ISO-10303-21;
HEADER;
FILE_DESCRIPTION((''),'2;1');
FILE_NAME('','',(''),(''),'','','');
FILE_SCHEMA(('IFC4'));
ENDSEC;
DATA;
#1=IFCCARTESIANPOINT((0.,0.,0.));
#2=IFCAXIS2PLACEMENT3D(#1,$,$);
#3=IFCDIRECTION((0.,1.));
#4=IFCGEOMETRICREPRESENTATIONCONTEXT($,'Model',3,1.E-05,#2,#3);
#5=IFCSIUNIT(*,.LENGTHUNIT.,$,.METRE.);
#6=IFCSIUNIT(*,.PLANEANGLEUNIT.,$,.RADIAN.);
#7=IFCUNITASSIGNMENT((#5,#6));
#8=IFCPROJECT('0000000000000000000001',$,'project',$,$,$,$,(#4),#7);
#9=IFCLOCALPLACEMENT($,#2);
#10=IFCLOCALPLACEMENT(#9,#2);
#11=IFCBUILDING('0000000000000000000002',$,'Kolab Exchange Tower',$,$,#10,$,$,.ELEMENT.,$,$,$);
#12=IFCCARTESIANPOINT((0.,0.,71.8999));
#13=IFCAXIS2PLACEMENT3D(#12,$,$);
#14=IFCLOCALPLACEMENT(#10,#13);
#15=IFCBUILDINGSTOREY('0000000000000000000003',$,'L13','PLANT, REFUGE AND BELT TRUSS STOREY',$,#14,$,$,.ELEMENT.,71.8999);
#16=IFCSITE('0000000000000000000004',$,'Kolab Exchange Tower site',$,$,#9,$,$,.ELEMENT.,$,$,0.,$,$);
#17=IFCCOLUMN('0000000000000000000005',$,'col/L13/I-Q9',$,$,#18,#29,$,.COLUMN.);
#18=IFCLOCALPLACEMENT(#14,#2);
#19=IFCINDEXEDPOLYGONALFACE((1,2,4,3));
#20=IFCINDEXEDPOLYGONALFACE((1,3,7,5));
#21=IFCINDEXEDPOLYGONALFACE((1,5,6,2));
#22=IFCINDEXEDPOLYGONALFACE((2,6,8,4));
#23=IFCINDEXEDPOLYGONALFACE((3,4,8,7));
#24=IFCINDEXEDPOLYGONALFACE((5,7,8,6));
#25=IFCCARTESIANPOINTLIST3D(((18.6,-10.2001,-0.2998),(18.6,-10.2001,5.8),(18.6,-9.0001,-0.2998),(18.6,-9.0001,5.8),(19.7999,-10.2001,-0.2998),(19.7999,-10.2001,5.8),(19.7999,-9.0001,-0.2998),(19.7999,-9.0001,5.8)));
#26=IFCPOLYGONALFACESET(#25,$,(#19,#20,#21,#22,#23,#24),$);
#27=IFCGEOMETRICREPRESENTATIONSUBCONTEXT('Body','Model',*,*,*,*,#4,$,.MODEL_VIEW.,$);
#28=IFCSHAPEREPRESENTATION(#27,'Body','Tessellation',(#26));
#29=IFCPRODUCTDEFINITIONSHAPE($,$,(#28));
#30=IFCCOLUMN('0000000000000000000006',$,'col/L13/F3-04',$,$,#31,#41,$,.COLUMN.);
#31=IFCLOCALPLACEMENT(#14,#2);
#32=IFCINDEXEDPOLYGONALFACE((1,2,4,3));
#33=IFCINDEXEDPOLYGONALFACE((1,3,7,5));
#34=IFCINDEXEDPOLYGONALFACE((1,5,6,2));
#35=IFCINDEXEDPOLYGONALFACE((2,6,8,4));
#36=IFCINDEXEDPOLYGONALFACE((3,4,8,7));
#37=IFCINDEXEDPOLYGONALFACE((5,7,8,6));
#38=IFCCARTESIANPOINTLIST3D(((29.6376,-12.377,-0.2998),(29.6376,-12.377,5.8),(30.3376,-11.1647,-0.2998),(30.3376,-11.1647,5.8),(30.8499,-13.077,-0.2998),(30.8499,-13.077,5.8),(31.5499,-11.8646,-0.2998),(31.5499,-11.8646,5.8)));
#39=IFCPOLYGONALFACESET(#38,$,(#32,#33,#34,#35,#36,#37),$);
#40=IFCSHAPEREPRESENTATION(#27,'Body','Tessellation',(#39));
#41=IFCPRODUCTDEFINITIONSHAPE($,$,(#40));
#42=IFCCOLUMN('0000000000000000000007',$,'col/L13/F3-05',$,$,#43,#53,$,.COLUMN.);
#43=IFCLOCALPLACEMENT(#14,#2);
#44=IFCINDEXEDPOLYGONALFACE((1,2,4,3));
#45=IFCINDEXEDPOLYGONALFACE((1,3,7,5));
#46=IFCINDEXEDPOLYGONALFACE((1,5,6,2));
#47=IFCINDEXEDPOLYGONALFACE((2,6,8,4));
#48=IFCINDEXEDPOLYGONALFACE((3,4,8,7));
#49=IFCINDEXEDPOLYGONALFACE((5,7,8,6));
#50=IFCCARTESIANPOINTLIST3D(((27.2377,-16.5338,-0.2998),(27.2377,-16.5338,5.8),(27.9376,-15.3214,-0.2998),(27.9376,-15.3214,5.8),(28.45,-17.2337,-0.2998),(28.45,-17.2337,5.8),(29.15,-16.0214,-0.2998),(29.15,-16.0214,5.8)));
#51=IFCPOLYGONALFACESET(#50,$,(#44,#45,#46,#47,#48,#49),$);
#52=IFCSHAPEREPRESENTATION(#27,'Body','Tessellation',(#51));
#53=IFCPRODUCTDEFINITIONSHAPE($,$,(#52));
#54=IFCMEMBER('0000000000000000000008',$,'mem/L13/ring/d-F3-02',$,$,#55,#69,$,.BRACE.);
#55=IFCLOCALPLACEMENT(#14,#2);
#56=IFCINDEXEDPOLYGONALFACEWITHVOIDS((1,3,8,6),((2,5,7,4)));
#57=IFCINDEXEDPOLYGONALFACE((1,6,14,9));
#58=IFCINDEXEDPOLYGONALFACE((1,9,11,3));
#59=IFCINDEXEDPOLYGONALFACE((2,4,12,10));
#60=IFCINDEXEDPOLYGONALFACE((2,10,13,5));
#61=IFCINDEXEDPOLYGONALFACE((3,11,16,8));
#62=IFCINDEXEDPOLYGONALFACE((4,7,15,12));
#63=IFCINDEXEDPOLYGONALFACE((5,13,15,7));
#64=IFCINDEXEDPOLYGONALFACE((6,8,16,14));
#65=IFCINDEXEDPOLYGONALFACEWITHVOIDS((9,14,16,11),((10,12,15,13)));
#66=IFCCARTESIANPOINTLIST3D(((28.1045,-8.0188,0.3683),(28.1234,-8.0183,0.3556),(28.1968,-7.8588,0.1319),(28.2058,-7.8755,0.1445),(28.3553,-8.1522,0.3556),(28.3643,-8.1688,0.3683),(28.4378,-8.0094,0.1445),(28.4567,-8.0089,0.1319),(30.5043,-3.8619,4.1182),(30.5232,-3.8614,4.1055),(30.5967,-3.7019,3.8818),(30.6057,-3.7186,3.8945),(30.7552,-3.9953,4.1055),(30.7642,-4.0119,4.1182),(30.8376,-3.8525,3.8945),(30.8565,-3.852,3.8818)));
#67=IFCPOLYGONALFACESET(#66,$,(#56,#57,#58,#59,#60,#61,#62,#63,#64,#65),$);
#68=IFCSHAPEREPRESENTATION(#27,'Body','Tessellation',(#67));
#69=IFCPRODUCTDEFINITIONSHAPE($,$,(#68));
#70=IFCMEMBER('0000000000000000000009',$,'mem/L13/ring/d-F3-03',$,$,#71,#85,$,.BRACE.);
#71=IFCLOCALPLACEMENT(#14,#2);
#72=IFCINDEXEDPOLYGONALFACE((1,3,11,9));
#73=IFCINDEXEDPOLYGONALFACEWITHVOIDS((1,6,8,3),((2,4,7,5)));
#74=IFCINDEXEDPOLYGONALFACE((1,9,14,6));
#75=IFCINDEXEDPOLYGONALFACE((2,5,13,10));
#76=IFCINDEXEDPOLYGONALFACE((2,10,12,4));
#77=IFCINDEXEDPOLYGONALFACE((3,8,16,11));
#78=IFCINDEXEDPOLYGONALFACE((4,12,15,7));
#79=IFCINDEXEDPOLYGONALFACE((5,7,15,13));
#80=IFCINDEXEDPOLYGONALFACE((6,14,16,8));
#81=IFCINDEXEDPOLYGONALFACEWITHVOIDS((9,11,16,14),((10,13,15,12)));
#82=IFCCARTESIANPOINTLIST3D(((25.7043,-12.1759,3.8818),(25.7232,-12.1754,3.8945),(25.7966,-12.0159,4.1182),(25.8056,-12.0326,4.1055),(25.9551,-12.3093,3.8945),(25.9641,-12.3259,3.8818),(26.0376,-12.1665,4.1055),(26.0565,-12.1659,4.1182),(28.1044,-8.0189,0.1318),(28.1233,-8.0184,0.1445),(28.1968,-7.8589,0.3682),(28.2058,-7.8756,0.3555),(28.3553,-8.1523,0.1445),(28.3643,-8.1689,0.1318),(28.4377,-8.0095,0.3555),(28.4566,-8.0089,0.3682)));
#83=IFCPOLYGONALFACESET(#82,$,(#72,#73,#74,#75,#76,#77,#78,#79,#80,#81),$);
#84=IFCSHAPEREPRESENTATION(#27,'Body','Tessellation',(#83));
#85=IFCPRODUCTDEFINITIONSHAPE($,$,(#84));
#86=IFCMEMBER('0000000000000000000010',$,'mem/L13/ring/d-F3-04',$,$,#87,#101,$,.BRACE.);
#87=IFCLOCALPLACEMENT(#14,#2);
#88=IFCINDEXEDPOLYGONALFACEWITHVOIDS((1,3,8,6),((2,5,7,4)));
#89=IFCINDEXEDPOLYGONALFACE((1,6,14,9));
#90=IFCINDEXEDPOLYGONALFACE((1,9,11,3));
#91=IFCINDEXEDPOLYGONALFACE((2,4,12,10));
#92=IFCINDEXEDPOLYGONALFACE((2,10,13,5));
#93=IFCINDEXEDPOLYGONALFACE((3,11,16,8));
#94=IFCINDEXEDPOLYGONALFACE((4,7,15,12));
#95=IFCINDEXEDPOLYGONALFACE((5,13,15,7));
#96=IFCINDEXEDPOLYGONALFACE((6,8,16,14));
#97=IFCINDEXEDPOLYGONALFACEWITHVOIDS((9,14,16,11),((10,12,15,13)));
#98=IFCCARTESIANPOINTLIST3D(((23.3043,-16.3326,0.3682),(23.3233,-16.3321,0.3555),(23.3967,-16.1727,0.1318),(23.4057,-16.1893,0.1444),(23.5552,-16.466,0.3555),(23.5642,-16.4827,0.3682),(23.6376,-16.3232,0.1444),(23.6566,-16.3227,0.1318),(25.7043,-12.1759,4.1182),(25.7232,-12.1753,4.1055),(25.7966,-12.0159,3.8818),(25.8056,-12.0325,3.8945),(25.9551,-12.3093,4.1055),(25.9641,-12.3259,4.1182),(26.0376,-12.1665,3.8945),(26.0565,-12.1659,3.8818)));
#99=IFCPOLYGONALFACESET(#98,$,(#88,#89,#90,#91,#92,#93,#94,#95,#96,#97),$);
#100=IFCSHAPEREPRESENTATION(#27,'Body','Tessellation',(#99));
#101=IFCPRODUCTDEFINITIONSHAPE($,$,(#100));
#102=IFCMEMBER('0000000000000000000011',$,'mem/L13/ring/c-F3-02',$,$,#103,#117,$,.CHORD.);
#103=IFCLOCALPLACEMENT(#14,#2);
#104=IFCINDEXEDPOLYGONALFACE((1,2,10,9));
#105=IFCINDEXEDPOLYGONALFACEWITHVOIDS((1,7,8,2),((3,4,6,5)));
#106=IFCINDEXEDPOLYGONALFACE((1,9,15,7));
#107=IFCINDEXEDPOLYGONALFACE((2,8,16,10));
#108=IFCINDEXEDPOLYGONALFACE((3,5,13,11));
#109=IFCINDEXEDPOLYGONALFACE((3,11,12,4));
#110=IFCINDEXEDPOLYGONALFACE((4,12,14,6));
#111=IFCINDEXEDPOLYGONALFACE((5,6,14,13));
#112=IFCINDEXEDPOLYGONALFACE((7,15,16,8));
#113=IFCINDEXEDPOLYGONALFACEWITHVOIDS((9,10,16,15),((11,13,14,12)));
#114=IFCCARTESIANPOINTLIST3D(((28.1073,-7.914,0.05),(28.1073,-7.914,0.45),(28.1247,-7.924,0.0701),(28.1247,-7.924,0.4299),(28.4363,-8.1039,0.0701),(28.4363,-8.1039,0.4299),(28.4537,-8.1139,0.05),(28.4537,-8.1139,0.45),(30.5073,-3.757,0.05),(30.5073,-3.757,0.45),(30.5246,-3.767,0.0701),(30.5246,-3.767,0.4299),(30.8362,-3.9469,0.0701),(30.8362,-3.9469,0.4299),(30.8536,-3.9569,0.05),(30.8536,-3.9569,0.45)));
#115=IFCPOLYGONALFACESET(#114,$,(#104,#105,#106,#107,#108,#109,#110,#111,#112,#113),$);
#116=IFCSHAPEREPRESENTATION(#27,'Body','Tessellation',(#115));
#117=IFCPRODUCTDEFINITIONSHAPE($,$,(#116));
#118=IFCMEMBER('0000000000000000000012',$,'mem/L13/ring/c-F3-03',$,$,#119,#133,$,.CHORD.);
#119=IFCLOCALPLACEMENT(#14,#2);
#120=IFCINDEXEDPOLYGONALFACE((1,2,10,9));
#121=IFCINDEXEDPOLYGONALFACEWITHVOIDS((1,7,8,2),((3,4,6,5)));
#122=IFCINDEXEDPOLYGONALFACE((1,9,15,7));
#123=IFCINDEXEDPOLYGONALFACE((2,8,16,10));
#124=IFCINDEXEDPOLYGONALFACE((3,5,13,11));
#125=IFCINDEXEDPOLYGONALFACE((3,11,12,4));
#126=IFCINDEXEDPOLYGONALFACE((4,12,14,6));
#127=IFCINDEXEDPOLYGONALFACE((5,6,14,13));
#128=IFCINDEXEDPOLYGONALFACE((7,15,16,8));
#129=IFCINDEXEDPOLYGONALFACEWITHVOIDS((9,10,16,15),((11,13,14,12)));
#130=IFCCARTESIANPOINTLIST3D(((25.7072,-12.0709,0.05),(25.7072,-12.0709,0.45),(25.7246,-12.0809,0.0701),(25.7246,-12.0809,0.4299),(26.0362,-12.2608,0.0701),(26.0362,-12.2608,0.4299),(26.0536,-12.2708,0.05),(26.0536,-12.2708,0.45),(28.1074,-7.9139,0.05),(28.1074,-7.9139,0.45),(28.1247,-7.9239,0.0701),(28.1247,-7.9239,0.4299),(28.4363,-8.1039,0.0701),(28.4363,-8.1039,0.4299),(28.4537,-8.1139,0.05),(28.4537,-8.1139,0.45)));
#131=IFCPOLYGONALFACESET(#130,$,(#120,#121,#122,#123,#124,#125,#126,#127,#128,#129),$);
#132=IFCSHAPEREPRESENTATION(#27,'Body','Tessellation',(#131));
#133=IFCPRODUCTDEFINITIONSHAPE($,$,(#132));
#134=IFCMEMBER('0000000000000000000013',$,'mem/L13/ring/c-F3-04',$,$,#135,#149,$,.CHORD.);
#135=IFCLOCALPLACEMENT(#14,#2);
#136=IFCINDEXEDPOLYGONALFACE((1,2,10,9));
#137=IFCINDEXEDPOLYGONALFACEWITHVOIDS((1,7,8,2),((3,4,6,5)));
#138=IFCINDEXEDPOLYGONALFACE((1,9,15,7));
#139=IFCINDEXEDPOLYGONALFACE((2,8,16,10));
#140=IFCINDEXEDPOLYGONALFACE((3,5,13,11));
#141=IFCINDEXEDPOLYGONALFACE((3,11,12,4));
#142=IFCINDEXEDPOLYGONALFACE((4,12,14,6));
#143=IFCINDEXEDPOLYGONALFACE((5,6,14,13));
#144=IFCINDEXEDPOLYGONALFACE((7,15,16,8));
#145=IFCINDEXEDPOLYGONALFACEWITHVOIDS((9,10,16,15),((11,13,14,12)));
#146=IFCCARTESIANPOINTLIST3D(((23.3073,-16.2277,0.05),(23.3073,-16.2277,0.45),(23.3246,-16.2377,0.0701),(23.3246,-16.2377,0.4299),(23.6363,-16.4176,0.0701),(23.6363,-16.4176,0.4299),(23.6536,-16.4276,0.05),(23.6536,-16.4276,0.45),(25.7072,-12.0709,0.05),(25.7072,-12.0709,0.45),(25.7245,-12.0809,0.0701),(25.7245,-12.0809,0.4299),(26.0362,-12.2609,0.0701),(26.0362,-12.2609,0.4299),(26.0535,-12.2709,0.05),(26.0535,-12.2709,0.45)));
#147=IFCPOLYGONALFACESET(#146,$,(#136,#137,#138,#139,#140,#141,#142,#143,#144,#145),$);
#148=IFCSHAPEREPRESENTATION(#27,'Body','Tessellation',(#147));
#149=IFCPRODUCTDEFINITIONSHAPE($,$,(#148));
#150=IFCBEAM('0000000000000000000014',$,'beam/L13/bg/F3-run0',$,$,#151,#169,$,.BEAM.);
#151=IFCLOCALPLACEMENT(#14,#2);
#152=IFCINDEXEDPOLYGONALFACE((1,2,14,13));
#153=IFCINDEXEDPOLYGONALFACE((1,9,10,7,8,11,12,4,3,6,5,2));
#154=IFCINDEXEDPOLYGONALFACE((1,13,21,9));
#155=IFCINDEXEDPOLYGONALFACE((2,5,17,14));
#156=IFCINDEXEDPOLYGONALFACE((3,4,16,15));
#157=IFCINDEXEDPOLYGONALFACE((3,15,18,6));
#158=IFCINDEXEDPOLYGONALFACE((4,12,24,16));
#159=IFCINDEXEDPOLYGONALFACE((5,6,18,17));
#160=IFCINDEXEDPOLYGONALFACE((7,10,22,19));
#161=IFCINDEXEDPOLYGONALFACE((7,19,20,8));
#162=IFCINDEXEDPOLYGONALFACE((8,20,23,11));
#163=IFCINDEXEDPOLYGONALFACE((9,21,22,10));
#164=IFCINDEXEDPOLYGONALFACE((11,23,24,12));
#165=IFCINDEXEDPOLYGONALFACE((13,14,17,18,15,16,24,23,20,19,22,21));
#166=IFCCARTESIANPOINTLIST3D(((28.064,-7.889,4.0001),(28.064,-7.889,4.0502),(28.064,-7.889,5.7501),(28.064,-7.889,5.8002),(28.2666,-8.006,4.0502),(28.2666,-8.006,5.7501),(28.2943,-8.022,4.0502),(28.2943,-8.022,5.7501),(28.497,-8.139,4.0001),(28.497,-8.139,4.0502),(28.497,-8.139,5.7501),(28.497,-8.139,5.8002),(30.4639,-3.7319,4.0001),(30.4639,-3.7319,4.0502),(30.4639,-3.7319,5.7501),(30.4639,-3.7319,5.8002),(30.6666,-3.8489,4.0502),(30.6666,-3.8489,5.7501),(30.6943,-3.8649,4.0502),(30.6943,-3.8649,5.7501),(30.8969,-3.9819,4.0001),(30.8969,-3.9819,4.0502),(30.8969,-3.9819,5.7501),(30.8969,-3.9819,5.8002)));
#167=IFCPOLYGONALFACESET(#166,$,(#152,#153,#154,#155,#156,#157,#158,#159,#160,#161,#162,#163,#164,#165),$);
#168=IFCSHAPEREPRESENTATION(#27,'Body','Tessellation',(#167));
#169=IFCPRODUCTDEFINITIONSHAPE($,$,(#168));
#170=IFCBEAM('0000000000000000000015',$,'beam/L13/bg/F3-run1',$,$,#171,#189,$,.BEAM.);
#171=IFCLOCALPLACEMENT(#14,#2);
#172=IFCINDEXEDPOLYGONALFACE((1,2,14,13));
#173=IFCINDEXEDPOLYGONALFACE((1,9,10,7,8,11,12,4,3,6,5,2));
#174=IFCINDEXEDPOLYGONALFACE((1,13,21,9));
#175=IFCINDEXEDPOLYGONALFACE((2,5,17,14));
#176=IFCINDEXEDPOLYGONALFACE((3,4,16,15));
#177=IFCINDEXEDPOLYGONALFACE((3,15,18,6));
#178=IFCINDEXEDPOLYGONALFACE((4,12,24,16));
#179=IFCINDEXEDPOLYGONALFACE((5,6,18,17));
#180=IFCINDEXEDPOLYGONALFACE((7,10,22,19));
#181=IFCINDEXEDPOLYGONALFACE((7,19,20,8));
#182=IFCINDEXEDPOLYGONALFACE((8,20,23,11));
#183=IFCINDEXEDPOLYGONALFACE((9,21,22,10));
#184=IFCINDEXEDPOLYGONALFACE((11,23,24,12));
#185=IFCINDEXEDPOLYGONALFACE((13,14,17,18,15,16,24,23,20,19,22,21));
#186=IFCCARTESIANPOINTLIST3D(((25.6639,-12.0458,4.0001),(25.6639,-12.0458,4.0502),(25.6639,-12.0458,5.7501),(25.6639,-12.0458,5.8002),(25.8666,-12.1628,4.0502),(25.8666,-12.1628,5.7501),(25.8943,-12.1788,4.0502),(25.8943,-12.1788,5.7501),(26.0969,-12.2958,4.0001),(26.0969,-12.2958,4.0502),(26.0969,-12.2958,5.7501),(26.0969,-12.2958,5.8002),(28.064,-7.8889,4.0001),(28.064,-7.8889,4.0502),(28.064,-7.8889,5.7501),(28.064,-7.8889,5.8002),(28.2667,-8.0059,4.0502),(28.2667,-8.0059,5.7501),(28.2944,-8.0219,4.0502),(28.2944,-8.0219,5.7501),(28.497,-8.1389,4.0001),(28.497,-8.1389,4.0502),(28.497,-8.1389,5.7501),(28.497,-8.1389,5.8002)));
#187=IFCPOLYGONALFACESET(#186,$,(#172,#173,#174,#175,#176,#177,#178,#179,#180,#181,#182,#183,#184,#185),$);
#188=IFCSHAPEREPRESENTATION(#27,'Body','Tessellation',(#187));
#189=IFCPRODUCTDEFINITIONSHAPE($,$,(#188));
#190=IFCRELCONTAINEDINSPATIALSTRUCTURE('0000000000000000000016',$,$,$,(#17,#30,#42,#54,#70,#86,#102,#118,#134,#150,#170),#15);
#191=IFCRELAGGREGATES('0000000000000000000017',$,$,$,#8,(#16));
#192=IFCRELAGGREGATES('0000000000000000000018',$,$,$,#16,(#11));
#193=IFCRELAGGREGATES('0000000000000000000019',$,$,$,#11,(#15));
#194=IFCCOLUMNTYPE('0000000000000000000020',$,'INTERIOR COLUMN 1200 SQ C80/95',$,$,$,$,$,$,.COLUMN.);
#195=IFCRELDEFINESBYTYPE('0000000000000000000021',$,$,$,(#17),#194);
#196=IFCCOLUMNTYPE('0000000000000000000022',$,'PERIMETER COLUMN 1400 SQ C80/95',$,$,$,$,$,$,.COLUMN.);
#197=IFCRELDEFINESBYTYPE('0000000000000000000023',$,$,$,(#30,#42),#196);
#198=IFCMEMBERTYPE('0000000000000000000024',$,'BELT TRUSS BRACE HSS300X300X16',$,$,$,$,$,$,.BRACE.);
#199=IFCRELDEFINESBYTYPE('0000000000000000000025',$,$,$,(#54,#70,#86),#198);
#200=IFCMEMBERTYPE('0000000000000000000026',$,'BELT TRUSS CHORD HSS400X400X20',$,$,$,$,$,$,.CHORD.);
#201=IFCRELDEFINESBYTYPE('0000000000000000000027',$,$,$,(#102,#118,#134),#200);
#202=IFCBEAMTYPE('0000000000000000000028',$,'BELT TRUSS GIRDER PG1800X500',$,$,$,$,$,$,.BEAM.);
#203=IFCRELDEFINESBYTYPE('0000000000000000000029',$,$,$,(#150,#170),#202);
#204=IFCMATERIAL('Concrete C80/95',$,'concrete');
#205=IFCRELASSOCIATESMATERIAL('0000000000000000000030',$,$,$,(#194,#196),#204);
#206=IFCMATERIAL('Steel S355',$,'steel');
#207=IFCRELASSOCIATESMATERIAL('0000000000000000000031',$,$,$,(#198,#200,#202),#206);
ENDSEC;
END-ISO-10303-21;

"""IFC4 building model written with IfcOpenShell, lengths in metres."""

from ifc_helpers import new_model, si_unit, direction, frame, origin, origin_2d, place, context, subcontext, project, spatial, rectangle, hollow_rectangle, i_section, extrude, material, material_profile, profile_set, type_object, element, save


model = new_model("IFC4")

# Units and contexts
model_context = context("Model", 3, precision=1e-05, world=origin(), true_north=direction((0.0, 1.0)))
body_context = subcontext(model_context, "Body", "Model", "MODEL_VIEW")
ifc_project = project(units=[si_unit("LENGTHUNIT", "METRE"), si_unit("PLANEANGLEUNIT", "RADIAN")], contexts=[model_context])

# Site, building, storey
site_placement = place(None, origin())
site = spatial("IfcSite", under=ifc_project, at=site_placement, Name="Kolab Exchange Tower site", CompositionType="ELEMENT", RefElevation=0.0)
building_placement = place(site_placement, origin())
building = spatial("IfcBuilding", under=site, at=building_placement, Name="Kolab Exchange Tower", CompositionType="ELEMENT")
storey_placement = place(building_placement, frame((0.0, 0.0, 71.8999)))
storey = spatial("IfcBuildingStorey", under=building, at=storey_placement, Name="L13", Description="PLANT, REFUGE AND BELT TRUSS STOREY", CompositionType="ELEMENT", Elevation=71.8999)

# Columns
ifc_material_1 = material(Name="Concrete C80/95", Category="concrete")
ifc_material_profile_1 = material_profile(ifc_material_1, rectangle(XDim=1.2, YDim=1.2, at=origin_2d()), Name="RC1200")
ifc_profile_set_1 = profile_set([ifc_material_profile_1], Name="Concrete C80/95")
column_type_1 = type_object("IfcColumnType", Name="INTERIOR COLUMN 1200 SQ C80/95", PredefinedType="COLUMN", material=ifc_profile_set_1)
column_placement = place(storey_placement, frame((19.2, -9.6001, -0.2998), z_axis=(0.0, 0.0, 1.0), x_axis=(1.0, 0.0, 0.0)))
element("IfcColumn", 1, at=column_placement, inside=storey, type_object=column_type_1, Name="col/L13/I-Q9", PredefinedType="COLUMN", context=body_context, shape_type="SweptSolid", body=[
    extrude(rectangle(XDim=1.2, YDim=1.2, at=origin_2d()), origin(), (0.0, 0.0, 1.0), 6.0999),
])
ifc_material_profile_2 = material_profile(ifc_material_1, rectangle(XDim=1.3999, YDim=1.3999, at=origin_2d()), Name="RC1400")
ifc_profile_set_2 = profile_set([ifc_material_profile_2], Name="Concrete C80/95")
column_type_2 = type_object("IfcColumnType", Name="PERIMETER COLUMN 1400 SQ C80/95", PredefinedType="COLUMN", material=ifc_profile_set_2)
for number, where, z_axis, x_axis, name in (
    (2, (30.5938, -12.1208, -0.2998), (0.0, 0.0, 1.0), (0.5, 0.866025, 0.0), "col/L13/F3-04"),
    (3, (28.1938, -16.2776, -0.2998), (0.0, 0.0, 1.0), (0.5, 0.866025, 0.0), "col/L13/F3-05"),
):
    element("IfcColumn", number, at=place(storey_placement, frame(where, z_axis=z_axis, x_axis=x_axis)), inside=storey, type_object=column_type_2, Name=name, PredefinedType="COLUMN", context=body_context, shape_type="SweptSolid", body=[
        extrude(rectangle(XDim=1.3999, YDim=1.3999, at=origin_2d()), origin(), (0.0, 0.0, 1.0), 6.0999),
    ])

# Members
ifc_material_2 = material(Name="Steel S355", Category="steel")
ifc_material_profile_3 = material_profile(ifc_material_2, hollow_rectangle(XDim=0.3, YDim=0.3, WallThickness=0.0161, at=origin_2d()), Name="HSS300X300X16")
ifc_profile_set_3 = profile_set([ifc_material_profile_3], Name="Steel S355")
member_type_1 = type_object("IfcMemberType", Name="BELT TRUSS BRACE HSS300X300X16", PredefinedType="BRACE", material=ifc_profile_set_3)
member_1_placement = place(storey_placement, frame((30.6804, -3.8569, 4.0), z_axis=(-0.393996, -0.682459, -0.615644), x_axis=(0.866037, -0.499979, 0.0)))
element("IfcMember", 4, at=member_1_placement, inside=storey, type_object=member_type_1, Name="mem/L13/ring/d-F3-02", PredefinedType="BRACE", context=body_context, shape_type="SweptSolid", body=[
    extrude(hollow_rectangle(XDim=0.3, YDim=0.3, WallThickness=0.0161, at=origin_2d()), origin(), (0.0, 0.0, 1.0), 6.0911),
])
member_2_placement = place(storey_placement, frame((28.2805, -8.0139, 0.25), z_axis=(-0.39403, -0.682448, 0.615634), x_axis=(0.866015, -0.500017, 0.0)))
element("IfcMember", 5, at=member_2_placement, inside=storey, type_object=member_type_1, Name="mem/L13/ring/d-F3-03", PredefinedType="BRACE", context=body_context, shape_type="SweptSolid", body=[
    extrude(hollow_rectangle(XDim=0.3, YDim=0.3, WallThickness=0.0161, at=origin_2d()), origin(), (0.0, 0.0, 1.0), 6.0913),
])
member_3_placement = place(storey_placement, frame((25.8804, -12.1709, 4.0), z_axis=(-0.394007, -0.682437, -0.615661), x_axis=(0.866025, -0.500001, 0.0)))
element("IfcMember", 6, at=member_3_placement, inside=storey, type_object=member_type_1, Name="mem/L13/ring/d-F3-04", PredefinedType="BRACE", context=body_context, shape_type="SweptSolid", body=[
    extrude(hollow_rectangle(XDim=0.3, YDim=0.3, WallThickness=0.0161, at=origin_2d()), origin(), (0.0, 0.0, 1.0), 6.0911),
])
ifc_material_profile_4 = material_profile(ifc_material_2, hollow_rectangle(XDim=0.3999, YDim=0.3999, WallThickness=0.02, at=origin_2d()), Name="HSS400X400X20")
ifc_profile_set_4 = profile_set([ifc_material_profile_4], Name="Steel S355")
member_type_2 = type_object("IfcMemberType", Name="BELT TRUSS CHORD HSS400X400X20", PredefinedType="CHORD", material=ifc_profile_set_4)
for number, where, z_axis, x_axis, name in (
    (7, (30.6804, -3.8569, 0.25), (-0.499979, -0.866037, 0.0), (0.866037, -0.499979, 0.0), "mem/L13/ring/c-F3-02"),
    (8, (28.2805, -8.0139, 0.25), (-0.500017, -0.866015, 0.0), (0.866015, -0.500017, 0.0), "mem/L13/ring/c-F3-03"),
):
    element("IfcMember", number, at=place(storey_placement, frame(where, z_axis=z_axis, x_axis=x_axis)), inside=storey, type_object=member_type_2, Name=name, PredefinedType="CHORD", context=body_context, shape_type="SweptSolid", body=[
        extrude(hollow_rectangle(XDim=0.3999, YDim=0.3999, WallThickness=0.02, at=origin_2d()), origin(), (0.0, 0.0, 1.0), 4.8),
    ])
member_4_placement = place(storey_placement, frame((25.8804, -12.1709, 0.25), z_axis=(-0.500001, -0.866025, 0.0), x_axis=(0.866025, -0.500001, 0.0)))
element("IfcMember", 9, at=member_4_placement, inside=storey, type_object=member_type_2, Name="mem/L13/ring/c-F3-04", PredefinedType="CHORD", context=body_context, shape_type="SweptSolid", body=[
    extrude(hollow_rectangle(XDim=0.3999, YDim=0.3999, WallThickness=0.02, at=origin_2d()), origin(), (0.0, 0.0, 1.0), 4.7998),
])

# Beams
ifc_material_profile_5 = material_profile(ifc_material_2, i_section(OverallWidth=0.5, OverallDepth=1.8, WebThickness=0.032, FlangeThickness=0.05, at=origin_2d()), Name="PG1800X500")
ifc_profile_set_5 = profile_set([ifc_material_profile_5], Name="Steel S355")
beam_type_1 = type_object("IfcBeamType", Name="BELT TRUSS GIRDER PG1800X500", PredefinedType="BEAM", material=ifc_profile_set_5)
for number, where, z_axis, x_axis, name in (
    (10, (30.6804, -3.8569, 4.9001), (-0.499979, -0.866037, 0.0), (0.866037, -0.499979, 0.0), "beam/L13/bg/F3-run0"),
    (11, (28.2805, -8.0139, 4.9001), (-0.500017, -0.866015, 0.0), (0.866015, -0.500017, 0.0), "beam/L13/bg/F3-run1"),
):
    element("IfcBeam", number, at=place(storey_placement, frame(where, z_axis=z_axis, x_axis=x_axis)), inside=storey, type_object=beam_type_1, Name=name, PredefinedType="BEAM", context=body_context, shape_type="SweptSolid", body=[
        extrude(i_section(OverallWidth=0.5, OverallDepth=1.8, WebThickness=0.032, FlangeThickness=0.05, at=origin_2d()), origin(), (0.0, 0.0, 1.0), 4.8),
    ])

save(model, "model.ifc")
